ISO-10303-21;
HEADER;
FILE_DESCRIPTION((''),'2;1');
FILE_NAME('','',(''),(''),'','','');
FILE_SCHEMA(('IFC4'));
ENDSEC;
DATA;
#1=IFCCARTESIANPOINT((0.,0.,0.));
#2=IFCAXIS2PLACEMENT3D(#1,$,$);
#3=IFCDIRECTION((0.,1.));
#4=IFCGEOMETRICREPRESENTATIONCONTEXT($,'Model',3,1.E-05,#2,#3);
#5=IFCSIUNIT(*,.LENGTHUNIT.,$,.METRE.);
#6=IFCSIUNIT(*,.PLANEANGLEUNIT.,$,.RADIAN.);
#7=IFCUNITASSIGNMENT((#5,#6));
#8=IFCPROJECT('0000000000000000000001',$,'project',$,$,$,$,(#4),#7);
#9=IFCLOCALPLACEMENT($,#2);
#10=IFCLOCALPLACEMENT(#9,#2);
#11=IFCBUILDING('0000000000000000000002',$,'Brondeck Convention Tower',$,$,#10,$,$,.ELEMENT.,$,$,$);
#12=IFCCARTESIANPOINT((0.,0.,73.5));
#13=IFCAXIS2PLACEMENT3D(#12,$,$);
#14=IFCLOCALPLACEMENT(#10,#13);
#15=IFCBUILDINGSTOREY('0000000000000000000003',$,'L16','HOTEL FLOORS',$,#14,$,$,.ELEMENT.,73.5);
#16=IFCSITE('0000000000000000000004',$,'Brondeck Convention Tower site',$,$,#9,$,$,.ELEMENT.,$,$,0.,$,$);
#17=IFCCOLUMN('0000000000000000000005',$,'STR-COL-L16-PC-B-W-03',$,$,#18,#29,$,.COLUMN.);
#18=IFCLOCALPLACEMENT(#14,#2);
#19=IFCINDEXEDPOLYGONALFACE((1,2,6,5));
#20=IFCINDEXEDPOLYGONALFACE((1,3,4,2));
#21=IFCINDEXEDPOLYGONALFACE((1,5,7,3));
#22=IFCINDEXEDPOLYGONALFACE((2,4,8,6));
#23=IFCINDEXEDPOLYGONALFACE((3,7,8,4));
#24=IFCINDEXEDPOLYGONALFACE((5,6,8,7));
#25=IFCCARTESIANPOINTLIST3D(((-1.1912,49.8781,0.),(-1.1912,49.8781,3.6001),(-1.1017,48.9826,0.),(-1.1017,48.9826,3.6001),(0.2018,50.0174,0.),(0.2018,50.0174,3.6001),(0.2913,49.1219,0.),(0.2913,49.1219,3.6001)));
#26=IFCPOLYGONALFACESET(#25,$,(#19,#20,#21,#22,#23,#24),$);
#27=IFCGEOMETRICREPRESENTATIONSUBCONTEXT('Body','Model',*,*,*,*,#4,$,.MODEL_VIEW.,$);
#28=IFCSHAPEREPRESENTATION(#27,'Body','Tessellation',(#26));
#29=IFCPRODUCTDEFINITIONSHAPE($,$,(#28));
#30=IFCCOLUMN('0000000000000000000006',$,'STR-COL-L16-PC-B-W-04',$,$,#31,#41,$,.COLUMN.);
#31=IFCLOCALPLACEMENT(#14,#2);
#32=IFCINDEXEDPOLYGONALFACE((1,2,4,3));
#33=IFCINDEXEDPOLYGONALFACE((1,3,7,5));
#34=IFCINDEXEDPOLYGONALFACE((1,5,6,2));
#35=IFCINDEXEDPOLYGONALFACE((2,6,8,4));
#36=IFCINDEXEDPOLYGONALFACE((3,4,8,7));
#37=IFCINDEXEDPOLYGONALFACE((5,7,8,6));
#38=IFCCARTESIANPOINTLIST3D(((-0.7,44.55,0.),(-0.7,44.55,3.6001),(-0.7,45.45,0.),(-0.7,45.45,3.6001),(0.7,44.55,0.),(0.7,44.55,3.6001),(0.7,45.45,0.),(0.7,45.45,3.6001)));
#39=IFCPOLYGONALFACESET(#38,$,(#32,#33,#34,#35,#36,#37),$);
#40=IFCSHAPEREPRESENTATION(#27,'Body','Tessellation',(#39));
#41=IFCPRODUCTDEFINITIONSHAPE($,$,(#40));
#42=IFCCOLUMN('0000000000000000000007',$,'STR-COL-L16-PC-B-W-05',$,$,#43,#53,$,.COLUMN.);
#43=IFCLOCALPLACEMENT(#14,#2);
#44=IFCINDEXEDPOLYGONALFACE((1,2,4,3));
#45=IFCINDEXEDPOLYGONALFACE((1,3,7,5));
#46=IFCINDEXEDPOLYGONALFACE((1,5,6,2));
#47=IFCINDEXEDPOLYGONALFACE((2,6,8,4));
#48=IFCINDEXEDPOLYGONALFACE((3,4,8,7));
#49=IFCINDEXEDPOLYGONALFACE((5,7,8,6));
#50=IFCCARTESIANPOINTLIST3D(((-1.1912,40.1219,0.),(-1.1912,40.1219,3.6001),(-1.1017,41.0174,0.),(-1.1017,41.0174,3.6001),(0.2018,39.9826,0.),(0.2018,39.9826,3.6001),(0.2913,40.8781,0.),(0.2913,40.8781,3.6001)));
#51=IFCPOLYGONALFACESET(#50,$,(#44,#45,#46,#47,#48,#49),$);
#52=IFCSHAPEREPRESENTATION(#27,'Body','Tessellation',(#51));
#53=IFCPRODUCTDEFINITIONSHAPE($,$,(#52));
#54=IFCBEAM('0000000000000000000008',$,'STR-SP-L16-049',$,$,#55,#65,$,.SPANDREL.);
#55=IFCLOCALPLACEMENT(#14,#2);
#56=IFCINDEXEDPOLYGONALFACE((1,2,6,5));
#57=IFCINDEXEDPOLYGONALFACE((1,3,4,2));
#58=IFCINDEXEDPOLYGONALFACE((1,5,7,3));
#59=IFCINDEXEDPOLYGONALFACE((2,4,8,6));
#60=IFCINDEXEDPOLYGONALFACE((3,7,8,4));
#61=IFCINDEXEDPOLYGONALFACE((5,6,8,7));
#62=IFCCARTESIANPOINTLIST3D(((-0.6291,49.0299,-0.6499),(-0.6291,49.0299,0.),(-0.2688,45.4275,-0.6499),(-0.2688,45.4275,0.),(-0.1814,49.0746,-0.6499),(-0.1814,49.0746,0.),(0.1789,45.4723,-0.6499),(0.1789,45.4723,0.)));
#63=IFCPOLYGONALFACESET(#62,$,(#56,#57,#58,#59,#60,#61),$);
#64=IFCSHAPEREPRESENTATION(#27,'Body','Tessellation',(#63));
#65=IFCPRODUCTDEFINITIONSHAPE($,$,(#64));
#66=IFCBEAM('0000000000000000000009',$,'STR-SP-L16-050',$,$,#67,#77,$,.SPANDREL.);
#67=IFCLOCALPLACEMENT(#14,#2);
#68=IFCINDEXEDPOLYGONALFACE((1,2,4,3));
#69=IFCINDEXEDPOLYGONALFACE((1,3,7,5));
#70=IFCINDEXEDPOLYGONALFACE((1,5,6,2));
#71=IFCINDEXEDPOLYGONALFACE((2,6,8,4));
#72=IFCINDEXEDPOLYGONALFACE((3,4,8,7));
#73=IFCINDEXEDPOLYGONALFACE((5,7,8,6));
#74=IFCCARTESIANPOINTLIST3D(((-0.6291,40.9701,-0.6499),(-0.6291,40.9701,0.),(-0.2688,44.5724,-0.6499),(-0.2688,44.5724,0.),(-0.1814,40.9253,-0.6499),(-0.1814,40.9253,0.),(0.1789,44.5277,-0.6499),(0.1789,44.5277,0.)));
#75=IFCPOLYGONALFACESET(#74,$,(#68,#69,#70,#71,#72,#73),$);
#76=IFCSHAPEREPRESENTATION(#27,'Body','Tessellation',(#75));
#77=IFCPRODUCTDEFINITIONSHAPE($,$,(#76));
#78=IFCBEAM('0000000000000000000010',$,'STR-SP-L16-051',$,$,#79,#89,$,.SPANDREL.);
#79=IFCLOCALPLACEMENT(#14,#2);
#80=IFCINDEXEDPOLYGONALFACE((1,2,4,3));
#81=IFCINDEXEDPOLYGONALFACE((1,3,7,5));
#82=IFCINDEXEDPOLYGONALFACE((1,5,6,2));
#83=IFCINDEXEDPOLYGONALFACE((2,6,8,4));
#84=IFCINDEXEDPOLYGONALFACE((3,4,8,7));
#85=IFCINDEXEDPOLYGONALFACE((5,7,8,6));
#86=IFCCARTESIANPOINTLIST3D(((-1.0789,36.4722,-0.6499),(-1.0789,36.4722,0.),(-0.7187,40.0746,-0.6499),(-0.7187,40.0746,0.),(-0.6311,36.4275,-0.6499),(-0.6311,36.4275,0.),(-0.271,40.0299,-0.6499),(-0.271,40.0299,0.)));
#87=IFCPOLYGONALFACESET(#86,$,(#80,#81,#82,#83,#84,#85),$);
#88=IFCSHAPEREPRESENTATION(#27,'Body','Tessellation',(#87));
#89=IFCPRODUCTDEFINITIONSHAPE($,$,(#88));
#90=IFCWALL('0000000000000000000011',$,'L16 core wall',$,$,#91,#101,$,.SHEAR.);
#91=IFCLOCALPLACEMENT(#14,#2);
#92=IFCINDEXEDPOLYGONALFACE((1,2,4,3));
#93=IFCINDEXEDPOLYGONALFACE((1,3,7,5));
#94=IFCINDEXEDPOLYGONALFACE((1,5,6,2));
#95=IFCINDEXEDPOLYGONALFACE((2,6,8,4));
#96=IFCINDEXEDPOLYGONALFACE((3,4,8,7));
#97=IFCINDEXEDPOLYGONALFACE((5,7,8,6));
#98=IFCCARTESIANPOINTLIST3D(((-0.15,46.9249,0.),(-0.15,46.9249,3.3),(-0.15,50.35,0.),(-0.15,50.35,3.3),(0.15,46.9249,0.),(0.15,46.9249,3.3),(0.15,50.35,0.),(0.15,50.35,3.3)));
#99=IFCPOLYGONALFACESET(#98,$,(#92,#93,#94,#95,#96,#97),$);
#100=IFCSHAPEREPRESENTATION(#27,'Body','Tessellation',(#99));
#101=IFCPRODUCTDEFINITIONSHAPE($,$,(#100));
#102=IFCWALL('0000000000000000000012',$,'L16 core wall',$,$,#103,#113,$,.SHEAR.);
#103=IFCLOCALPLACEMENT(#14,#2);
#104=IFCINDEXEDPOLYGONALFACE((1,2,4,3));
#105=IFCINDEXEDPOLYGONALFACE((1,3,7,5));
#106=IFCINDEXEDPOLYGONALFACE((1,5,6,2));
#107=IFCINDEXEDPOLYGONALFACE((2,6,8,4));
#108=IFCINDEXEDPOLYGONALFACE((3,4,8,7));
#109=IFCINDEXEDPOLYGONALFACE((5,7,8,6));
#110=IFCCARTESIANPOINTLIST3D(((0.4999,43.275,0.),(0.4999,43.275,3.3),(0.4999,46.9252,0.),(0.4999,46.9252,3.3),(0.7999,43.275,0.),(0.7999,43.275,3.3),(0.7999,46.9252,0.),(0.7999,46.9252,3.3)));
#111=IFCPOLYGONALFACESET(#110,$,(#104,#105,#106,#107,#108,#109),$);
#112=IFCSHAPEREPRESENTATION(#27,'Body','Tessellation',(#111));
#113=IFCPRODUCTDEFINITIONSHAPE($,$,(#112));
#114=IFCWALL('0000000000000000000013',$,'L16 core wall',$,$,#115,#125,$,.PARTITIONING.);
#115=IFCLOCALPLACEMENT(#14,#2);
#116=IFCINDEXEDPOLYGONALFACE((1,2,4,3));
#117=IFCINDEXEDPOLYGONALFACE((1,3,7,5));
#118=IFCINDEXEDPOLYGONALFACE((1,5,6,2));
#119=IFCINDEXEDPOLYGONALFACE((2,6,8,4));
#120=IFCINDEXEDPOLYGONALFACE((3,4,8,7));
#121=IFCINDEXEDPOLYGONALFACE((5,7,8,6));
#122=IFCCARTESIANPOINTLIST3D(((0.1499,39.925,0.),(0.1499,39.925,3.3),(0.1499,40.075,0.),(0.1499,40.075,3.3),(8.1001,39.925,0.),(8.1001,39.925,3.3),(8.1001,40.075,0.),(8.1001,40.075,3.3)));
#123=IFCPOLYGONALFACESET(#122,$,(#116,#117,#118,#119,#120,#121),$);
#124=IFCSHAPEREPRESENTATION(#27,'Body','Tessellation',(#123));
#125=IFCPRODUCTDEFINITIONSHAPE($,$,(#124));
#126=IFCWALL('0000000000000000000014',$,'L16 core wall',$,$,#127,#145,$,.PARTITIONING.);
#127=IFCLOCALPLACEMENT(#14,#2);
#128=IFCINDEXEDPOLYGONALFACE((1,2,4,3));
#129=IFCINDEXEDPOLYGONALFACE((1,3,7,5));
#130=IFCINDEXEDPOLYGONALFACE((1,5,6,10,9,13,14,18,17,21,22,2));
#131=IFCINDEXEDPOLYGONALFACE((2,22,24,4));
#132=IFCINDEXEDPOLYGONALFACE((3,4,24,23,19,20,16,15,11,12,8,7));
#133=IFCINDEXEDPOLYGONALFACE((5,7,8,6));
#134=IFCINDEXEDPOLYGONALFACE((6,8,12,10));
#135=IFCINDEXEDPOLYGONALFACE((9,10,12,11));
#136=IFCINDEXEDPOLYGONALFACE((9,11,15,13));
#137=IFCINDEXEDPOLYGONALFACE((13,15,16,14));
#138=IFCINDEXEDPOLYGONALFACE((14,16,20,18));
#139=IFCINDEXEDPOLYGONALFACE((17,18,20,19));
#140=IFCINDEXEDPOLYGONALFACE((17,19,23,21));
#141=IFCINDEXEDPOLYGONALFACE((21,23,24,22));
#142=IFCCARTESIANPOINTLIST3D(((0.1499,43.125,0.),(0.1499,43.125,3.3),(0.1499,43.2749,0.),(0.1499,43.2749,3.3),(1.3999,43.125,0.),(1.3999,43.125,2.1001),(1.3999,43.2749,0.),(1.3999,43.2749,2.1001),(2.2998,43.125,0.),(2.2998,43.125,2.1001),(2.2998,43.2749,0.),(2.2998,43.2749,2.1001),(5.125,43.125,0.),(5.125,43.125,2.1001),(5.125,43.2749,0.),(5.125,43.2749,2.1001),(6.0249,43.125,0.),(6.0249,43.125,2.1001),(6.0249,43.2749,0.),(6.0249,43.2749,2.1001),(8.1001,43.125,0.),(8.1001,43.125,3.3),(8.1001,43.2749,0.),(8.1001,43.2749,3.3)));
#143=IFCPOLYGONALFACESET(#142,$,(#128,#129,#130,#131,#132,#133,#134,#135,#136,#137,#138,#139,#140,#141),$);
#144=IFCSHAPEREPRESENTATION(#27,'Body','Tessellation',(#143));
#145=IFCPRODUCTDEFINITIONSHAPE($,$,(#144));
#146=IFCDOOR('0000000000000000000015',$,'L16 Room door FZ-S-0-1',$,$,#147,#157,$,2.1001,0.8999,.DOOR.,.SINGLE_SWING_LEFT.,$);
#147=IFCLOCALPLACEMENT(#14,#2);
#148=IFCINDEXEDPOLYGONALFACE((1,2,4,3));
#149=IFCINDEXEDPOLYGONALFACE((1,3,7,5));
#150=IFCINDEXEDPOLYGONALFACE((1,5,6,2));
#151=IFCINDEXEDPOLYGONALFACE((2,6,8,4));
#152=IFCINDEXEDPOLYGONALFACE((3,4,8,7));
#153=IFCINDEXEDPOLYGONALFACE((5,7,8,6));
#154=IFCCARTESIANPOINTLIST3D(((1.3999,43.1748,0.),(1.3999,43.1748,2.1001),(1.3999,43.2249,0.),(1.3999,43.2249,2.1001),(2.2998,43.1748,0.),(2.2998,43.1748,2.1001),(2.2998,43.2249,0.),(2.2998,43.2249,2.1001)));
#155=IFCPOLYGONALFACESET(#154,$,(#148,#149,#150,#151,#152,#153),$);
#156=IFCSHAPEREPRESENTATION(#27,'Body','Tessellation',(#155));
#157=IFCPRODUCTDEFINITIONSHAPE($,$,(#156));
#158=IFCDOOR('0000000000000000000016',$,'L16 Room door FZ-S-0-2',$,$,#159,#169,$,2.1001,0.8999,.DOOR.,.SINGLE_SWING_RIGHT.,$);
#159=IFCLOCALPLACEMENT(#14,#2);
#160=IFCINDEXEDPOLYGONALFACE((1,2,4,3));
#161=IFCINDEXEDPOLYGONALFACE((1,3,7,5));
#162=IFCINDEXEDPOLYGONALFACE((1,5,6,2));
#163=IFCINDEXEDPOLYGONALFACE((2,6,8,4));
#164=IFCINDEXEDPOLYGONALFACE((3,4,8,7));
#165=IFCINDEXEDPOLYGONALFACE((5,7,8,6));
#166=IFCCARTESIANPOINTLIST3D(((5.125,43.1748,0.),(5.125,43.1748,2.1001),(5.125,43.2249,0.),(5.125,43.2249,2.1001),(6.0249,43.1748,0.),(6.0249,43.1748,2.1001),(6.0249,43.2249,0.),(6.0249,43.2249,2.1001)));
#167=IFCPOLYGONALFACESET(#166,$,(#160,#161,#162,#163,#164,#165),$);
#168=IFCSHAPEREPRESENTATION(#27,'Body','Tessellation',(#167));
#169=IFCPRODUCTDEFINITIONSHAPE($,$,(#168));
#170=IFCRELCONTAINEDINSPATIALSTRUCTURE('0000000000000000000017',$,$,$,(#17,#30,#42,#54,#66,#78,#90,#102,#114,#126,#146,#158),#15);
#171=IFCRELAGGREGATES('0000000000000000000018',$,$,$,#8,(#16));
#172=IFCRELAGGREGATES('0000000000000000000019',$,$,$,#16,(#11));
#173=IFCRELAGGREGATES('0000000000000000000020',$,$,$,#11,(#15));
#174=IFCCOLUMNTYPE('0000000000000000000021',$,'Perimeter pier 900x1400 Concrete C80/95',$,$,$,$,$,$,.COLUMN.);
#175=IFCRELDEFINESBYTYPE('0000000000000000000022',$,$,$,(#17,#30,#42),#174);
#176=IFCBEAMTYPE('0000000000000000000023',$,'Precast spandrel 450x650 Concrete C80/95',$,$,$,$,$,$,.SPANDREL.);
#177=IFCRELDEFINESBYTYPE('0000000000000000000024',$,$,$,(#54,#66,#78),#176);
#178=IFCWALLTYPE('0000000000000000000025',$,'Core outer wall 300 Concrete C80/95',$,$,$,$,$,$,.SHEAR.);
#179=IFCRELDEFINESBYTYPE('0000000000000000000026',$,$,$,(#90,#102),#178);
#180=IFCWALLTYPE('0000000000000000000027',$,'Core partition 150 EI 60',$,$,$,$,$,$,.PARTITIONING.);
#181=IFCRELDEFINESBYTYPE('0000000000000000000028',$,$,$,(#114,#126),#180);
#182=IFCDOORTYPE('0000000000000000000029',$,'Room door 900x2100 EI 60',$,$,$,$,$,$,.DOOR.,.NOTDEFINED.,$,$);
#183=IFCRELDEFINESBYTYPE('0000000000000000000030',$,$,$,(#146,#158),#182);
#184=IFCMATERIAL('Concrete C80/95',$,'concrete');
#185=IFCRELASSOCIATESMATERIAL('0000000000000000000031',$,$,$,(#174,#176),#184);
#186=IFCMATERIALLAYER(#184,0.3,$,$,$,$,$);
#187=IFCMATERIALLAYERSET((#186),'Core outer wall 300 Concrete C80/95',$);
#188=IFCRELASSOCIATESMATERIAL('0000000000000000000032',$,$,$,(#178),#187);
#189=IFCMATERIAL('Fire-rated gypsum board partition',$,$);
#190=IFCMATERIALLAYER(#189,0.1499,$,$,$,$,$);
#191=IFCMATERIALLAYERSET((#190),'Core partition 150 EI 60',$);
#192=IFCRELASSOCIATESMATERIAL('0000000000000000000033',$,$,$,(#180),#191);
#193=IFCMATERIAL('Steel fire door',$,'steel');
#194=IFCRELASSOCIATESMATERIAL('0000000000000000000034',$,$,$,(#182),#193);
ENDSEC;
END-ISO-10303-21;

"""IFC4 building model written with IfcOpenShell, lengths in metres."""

from ifc_helpers import new_model, si_unit, direction, frame, frame_2d, origin, origin_2d, place, context, subcontext, project, spatial, rectangle, extrude, material, layer, layer_set, material_profile, profile_set, type_object, element, fill, save


model = new_model("IFC4")

# Units and contexts
model_context = context("Model", 3, precision=1e-05, world=origin(), true_north=direction((0.0, 1.0)))
body_context = subcontext(model_context, "Body", "Model", "MODEL_VIEW")
ifc_project = project(units=[si_unit("LENGTHUNIT", "METRE"), si_unit("PLANEANGLEUNIT", "RADIAN")], contexts=[model_context])

# Site, building, storey
site_placement = place(None, origin())
site = spatial("IfcSite", under=ifc_project, at=site_placement, Name="Brondeck Convention Tower site", CompositionType="ELEMENT", RefElevation=0.0)
building_placement = place(site_placement, origin())
building = spatial("IfcBuilding", under=site, at=building_placement, Name="Brondeck Convention Tower", CompositionType="ELEMENT")
storey_placement = place(building_placement, frame((0.0, 0.0, 73.5)))
storey = spatial("IfcBuildingStorey", under=building, at=storey_placement, Name="L16", Description="HOTEL FLOORS", CompositionType="ELEMENT", Elevation=73.5)

# Columns
ifc_material_1 = material(Name="Concrete C80/95", Category="concrete")
ifc_material_profile_1 = material_profile(ifc_material_1, rectangle(XDim=0.8999, YDim=1.3999, at=origin_2d()), Name="Perimeter pier 900x1400 Concrete C80/95")
ifc_profile_set_1 = profile_set([ifc_material_profile_1], Name="Concrete C80/95")
column_type = type_object("IfcColumnType", Name="Perimeter pier 900x1400 Concrete C80/95", PredefinedType="COLUMN", material=ifc_profile_set_1)
for number, where, z_axis, x_axis, name in (
    (1, (-0.45, 49.5, 0.0), (0.0, 0.0, 1.0), (0.099504, -0.995037, 0.0), "STR-COL-L16-PC-B-W-03"),
    (2, (0.0, 45.0, 0.0), (0.0, 0.0, 1.0), (0.0, -1.0, 0.0), "STR-COL-L16-PC-B-W-04"),
    (3, (-0.45, 40.5, 0.0), (0.0, 0.0, 1.0), (-0.099504, -0.995037, 0.0), "STR-COL-L16-PC-B-W-05"),
):
    element("IfcColumn", number, at=place(storey_placement, frame(where, z_axis=z_axis, x_axis=x_axis)), inside=storey, type_object=column_type, Name=name, PredefinedType="COLUMN", context=body_context, shape_type="SweptSolid", body=[
        extrude(rectangle(XDim=0.8999, YDim=1.3999, at=origin_2d()), origin(), (0.0, 0.0, 1.0), 3.6001),
    ])

# Beams
ifc_material_profile_2 = material_profile(ifc_material_1, rectangle(XDim=0.45, YDim=0.6499, at=origin_2d()), Name="Precast spandrel 450x650 Concrete C80/95")
ifc_profile_set_2 = profile_set([ifc_material_profile_2], Name="Concrete C80/95")
beam_type = type_object("IfcBeamType", Name="Precast spandrel 450x650 Concrete C80/95", PredefinedType="SPANDREL", material=ifc_profile_set_2)
for number, where, z_axis, x_axis, name in (
    (4, (-0.4053, 49.0522, -0.325), (0.099537, -0.995034, 0.0), (0.995034, 0.099537, 0.0), "STR-SP-L16-049"),
    (5, (-0.0449, 44.55, -0.325), (-0.099537, -0.995034, 0.0), (0.995034, -0.099537, 0.0), "STR-SP-L16-050"),
    (6, (-0.4949, 40.0522, -0.325), (-0.09947, -0.995041, 0.0), (0.995041, -0.09947, 0.0), "STR-SP-L16-051"),
):
    element("IfcBeam", number, at=place(storey_placement, frame(where, z_axis=z_axis, x_axis=x_axis)), inside=storey, type_object=beam_type, Name=name, PredefinedType="SPANDREL", context=body_context, shape_type="SweptSolid", body=[
        extrude(rectangle(XDim=0.45, YDim=0.6499, at=origin_2d()), origin(), (0.0, 0.0, 1.0), 3.6204),
    ])

# Walls
ifc_layer_1 = layer(ifc_material_1, 0.3)
ifc_layer_set_1 = layer_set([ifc_layer_1], Name="Core outer wall 300 Concrete C80/95")
wall_type_1 = type_object("IfcWallType", Name="Core outer wall 300 Concrete C80/95", PredefinedType="SHEAR", material=ifc_layer_set_1)
wall_1_placement = place(storey_placement, frame((0.0, 46.925, 0.0), z_axis=(0.0, 0.0, 1.0), x_axis=(0.0, 1.0, 0.0)))
element("IfcWall", 7, at=wall_1_placement, inside=storey, type_object=wall_type_1, Name="L16 core wall", PredefinedType="SHEAR", context=body_context, shape_type="SweptSolid", body=[
    extrude(rectangle(XDim=3.425, YDim=0.3, at=frame_2d((1.7124, 0.0))), origin(), (0.0, 0.0, 1.0), 3.3),
])
wall_2_placement = place(storey_placement, frame((0.6499, 43.2749, 0.0), z_axis=(0.0, 0.0, 1.0), x_axis=(0.0, 1.0, 0.0)))
element("IfcWall", 8, at=wall_2_placement, inside=storey, type_object=wall_type_1, Name="L16 core wall", PredefinedType="SHEAR", context=body_context, shape_type="SweptSolid", body=[
    extrude(rectangle(XDim=3.6501, YDim=0.3, at=frame_2d((1.8252, 0.0))), origin(), (0.0, 0.0, 1.0), 3.3),
])
ifc_material_2 = material(Name="Fire-rated gypsum board partition")
ifc_layer_2 = layer(ifc_material_2, 0.1499)
ifc_layer_set_2 = layer_set([ifc_layer_2], Name="Core partition 150 EI 60")
wall_type_2 = type_object("IfcWallType", Name="Core partition 150 EI 60", PredefinedType="PARTITIONING", material=ifc_layer_set_2)
wall_3_placement = place(storey_placement, frame((0.1499, 40.0, 0.0), z_axis=(0.0, 0.0, 1.0), x_axis=(1.0, 0.0, 0.0)))
element("IfcWall", 9, at=wall_3_placement, inside=storey, type_object=wall_type_2, Name="L16 core wall", PredefinedType="PARTITIONING", context=body_context, shape_type="SweptSolid", body=[
    extrude(rectangle(XDim=7.9502, YDim=0.1499, at=frame_2d((3.9751, 0.0))), origin(), (0.0, 0.0, 1.0), 3.3),
])

# Wall, openings, doors
wall_4_placement = place(storey_placement, frame((0.1499, 43.2, 0.0), z_axis=(0.0, 0.0, 1.0), x_axis=(1.0, 0.0, 0.0)))
wall_4 = element("IfcWall", 10, at=wall_4_placement, inside=storey, type_object=wall_type_2, Name="L16 core wall", PredefinedType="PARTITIONING", context=body_context, shape_type="SweptSolid", body=[
    extrude(rectangle(XDim=7.9502, YDim=0.1499, at=frame_2d((3.9751, 0.0))), origin(), (0.0, 0.0, 1.0), 3.3),
])
opening_1_placement = place(wall_4_placement, frame((1.25, 0.0, 0.0)))
opening_1 = element("IfcOpeningElement", 11, at=opening_1_placement, cuts=wall_4, PredefinedType="OPENING", context=body_context, shape_type="SweptSolid", body=[
    extrude(rectangle(XDim=0.8999, YDim=2.1001, at=frame_2d((0.45, 1.05))), frame((0.0, 0.085, 0.0), z_axis=(0.0, -1.0, 0.0), x_axis=(1.0, 0.0, 0.0)), (0.0, 0.0, 1.0), 0.1699),
])
opening_2_placement = place(wall_4_placement, frame((4.9751, 0.0, 0.0)))
opening_2 = element("IfcOpeningElement", 12, at=opening_2_placement, cuts=wall_4, PredefinedType="OPENING", context=body_context, shape_type="SweptSolid", body=[
    extrude(rectangle(XDim=0.8999, YDim=2.1001, at=frame_2d((0.45, 1.05))), frame((0.0, 0.085, 0.0), z_axis=(0.0, -1.0, 0.0), x_axis=(1.0, 0.0, 0.0)), (0.0, 0.0, 1.0), 0.1699),
])
ifc_material_3 = material(Name="Steel fire door", Category="steel")
door_type = type_object("IfcDoorType", Name="Room door 900x2100 EI 60", OperationType="NOTDEFINED", PredefinedType="DOOR", material=ifc_material_3)
door_1_placement = place(opening_1_placement, origin())
door_1 = element("IfcDoor", 13, at=door_1_placement, inside=storey, type_object=door_type, Name="L16 Room door FZ-S-0-1", OperationType="SINGLE_SWING_LEFT", OverallHeight=2.1001, OverallWidth=0.8999, PredefinedType="DOOR", context=body_context, shape_type="SweptSolid", body=[
    extrude(rectangle(XDim=0.8999, YDim=2.1001, at=frame_2d((0.45, 1.05))), frame((0.0, 0.0249, 0.0), z_axis=(0.0, -1.0, 0.0), x_axis=(1.0, 0.0, 0.0)), (0.0, 0.0, 1.0), 0.05),
])
fill(opening_1, door_1)
door_2_placement = place(opening_2_placement, origin())
door_2 = element("IfcDoor", 14, at=door_2_placement, inside=storey, type_object=door_type, Name="L16 Room door FZ-S-0-2", OperationType="SINGLE_SWING_RIGHT", OverallHeight=2.1001, OverallWidth=0.8999, PredefinedType="DOOR", context=body_context, shape_type="SweptSolid", body=[
    extrude(rectangle(XDim=0.8999, YDim=2.1001, at=frame_2d((0.45, 1.05))), frame((0.0, 0.0249, 0.0), z_axis=(0.0, -1.0, 0.0), x_axis=(1.0, 0.0, 0.0)), (0.0, 0.0, 1.0), 0.05),
])
fill(opening_2, door_2)

save(model, "model.ifc")
